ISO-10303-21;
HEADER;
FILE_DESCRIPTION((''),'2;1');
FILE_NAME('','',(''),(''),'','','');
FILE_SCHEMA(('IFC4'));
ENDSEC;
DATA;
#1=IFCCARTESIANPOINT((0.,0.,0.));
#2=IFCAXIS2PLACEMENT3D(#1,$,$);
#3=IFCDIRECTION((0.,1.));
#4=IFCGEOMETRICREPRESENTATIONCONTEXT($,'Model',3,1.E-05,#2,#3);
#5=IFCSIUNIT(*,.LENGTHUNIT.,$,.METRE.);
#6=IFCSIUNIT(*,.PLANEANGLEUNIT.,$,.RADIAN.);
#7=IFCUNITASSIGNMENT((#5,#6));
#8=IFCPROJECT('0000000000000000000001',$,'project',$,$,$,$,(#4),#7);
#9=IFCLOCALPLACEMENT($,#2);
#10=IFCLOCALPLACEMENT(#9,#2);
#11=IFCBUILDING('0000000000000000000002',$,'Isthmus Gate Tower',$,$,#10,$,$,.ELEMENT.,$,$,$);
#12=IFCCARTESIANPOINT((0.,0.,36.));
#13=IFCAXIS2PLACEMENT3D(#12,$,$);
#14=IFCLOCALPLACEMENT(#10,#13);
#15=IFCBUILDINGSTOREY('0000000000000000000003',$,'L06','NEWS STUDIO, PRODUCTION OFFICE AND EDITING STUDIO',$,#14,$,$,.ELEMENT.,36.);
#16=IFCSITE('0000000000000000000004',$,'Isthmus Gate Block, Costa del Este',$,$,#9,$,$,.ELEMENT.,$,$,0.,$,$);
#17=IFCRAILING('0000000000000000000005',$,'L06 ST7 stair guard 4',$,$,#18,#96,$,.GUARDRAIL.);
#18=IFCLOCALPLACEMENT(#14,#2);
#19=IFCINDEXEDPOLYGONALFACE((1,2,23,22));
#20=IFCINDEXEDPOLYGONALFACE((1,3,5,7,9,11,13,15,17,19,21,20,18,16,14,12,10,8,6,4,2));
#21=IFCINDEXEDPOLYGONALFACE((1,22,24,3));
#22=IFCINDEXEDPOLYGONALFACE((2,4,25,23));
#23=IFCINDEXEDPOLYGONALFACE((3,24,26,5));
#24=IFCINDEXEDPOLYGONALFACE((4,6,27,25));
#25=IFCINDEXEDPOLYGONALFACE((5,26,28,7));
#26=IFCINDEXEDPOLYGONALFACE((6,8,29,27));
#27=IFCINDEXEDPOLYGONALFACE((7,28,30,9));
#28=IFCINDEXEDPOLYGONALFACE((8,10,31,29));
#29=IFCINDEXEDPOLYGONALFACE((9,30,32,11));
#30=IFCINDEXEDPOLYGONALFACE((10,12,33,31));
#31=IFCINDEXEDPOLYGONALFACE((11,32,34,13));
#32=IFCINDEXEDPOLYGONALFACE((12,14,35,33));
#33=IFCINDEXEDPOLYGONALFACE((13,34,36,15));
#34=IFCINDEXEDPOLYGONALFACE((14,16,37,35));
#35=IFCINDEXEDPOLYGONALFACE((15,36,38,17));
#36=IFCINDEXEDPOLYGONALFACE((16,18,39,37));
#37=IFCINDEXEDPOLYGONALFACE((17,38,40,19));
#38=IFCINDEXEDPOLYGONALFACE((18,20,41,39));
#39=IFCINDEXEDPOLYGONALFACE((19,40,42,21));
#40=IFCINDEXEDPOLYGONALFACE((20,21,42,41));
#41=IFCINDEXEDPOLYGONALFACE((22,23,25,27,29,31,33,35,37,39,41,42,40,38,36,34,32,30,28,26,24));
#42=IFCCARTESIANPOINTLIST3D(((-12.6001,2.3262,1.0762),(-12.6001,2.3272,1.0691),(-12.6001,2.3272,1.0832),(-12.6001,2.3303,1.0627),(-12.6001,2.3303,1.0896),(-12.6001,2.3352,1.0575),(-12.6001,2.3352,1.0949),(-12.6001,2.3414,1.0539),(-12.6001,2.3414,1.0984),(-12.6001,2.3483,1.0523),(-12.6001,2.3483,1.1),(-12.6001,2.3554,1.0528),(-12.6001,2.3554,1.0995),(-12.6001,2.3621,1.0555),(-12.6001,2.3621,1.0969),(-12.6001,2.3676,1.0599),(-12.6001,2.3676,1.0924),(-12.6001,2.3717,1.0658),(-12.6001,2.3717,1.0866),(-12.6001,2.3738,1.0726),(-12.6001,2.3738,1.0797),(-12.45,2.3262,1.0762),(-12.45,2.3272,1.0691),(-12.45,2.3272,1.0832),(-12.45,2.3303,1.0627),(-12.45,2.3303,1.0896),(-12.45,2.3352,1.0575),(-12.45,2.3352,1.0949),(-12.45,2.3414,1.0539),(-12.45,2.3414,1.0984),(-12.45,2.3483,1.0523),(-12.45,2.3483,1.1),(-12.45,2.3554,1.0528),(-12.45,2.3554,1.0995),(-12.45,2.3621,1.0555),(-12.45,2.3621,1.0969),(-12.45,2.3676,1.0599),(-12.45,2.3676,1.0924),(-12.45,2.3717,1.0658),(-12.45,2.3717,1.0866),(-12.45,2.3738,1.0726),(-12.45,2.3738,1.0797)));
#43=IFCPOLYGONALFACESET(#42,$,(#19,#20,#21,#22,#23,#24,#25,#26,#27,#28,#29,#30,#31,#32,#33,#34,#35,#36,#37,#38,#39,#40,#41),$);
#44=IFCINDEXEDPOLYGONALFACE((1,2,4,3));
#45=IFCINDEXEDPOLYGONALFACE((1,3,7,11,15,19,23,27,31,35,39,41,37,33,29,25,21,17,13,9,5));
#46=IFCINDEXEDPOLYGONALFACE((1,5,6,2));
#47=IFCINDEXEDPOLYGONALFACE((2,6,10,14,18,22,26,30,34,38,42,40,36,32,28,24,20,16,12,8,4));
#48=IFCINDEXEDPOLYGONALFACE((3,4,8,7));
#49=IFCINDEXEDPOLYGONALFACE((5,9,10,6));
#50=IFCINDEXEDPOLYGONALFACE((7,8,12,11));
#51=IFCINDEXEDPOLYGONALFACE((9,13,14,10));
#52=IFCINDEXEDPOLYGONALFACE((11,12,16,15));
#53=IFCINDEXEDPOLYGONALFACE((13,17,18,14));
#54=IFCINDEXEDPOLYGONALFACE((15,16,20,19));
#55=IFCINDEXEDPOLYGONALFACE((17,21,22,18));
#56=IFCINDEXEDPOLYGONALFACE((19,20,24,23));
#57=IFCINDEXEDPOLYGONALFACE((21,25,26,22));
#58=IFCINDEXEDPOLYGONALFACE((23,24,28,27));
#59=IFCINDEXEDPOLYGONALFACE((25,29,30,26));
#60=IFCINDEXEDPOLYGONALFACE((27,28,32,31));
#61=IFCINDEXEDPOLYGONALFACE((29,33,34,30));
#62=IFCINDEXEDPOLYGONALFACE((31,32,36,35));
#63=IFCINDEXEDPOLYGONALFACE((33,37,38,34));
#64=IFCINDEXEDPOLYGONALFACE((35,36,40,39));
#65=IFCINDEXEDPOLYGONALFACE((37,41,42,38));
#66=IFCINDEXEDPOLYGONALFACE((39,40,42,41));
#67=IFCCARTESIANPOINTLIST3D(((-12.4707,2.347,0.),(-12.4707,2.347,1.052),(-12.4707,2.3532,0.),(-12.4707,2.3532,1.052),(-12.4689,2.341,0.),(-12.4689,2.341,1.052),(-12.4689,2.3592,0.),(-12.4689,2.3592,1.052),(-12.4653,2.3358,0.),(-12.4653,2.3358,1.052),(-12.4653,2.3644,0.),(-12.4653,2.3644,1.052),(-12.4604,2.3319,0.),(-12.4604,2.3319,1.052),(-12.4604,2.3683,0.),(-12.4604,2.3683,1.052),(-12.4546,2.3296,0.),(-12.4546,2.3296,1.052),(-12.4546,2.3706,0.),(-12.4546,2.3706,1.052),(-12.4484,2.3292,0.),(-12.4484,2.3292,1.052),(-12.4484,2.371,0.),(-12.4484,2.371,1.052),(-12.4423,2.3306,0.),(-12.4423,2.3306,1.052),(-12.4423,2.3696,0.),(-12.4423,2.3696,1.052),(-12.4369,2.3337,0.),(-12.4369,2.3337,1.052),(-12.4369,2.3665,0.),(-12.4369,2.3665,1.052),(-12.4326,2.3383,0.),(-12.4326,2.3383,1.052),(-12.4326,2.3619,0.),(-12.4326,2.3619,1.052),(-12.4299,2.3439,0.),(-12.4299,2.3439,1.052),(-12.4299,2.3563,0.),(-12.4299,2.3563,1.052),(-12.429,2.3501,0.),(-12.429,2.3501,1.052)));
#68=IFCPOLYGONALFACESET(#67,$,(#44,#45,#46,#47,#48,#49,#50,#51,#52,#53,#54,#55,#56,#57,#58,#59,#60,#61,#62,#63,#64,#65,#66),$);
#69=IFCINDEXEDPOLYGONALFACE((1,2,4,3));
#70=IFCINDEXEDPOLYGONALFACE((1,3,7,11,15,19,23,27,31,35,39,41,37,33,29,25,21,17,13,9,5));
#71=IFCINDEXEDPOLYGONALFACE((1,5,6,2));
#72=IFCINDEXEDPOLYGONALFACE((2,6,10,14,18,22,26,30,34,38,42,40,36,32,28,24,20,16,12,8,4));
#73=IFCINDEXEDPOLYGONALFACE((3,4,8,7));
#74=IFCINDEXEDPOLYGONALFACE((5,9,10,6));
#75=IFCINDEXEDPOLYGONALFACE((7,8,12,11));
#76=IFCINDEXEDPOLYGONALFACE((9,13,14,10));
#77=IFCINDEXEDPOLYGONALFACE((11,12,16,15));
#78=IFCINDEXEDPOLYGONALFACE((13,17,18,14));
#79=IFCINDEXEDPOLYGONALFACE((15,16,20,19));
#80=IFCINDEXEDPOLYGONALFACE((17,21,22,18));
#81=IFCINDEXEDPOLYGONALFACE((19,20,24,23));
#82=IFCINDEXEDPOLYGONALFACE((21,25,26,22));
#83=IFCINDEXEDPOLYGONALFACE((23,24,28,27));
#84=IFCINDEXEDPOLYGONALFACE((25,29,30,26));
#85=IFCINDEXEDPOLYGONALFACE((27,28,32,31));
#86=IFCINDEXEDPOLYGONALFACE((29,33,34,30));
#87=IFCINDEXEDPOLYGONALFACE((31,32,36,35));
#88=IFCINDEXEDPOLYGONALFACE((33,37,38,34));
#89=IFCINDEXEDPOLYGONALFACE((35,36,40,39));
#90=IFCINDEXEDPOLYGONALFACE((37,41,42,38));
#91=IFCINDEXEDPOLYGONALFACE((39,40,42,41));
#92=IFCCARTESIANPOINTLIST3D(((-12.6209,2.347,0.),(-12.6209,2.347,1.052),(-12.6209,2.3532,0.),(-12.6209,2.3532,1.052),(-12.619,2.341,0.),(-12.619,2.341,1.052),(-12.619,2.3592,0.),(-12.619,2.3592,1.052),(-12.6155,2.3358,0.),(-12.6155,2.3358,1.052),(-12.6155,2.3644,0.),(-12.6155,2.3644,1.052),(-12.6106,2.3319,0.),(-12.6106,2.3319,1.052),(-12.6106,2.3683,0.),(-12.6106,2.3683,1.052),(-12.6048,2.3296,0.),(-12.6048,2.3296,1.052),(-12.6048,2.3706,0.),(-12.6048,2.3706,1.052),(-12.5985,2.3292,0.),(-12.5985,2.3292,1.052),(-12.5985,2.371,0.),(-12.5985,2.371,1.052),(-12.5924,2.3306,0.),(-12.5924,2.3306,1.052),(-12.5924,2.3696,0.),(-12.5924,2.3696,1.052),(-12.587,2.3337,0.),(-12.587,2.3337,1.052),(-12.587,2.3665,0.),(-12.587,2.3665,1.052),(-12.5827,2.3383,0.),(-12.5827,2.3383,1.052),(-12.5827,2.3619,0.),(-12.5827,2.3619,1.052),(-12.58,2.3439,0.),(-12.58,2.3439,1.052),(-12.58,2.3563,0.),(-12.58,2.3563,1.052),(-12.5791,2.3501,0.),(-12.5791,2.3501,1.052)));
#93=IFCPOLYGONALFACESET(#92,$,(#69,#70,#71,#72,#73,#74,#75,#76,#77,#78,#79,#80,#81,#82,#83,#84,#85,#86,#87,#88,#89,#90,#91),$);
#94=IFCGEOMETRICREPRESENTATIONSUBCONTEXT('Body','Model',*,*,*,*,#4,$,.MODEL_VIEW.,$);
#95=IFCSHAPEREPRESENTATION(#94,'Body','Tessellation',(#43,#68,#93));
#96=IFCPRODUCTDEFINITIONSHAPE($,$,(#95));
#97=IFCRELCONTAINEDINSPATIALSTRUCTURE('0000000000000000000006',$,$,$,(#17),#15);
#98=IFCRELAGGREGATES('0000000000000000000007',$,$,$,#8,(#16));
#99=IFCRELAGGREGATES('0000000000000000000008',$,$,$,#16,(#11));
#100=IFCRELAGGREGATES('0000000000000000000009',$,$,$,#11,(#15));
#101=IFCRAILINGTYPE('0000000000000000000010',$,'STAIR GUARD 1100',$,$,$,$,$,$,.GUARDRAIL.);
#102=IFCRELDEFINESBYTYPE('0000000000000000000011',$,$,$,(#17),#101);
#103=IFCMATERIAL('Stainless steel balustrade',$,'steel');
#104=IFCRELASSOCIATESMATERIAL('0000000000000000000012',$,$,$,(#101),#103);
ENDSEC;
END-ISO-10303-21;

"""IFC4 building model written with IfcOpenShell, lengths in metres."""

from ifc_helpers import new_model, si_unit, direction, frame, origin, origin_2d, place, context, subcontext, project, spatial, circle, extrude, material, type_object, element, save


model = new_model("IFC4")

# Units and contexts
model_context = context("Model", 3, precision=1e-05, world=origin(), true_north=direction((0.0, 1.0)))
body_context = subcontext(model_context, "Body", "Model", "MODEL_VIEW")
ifc_project = project(units=[si_unit("LENGTHUNIT", "METRE"), si_unit("PLANEANGLEUNIT", "RADIAN")], contexts=[model_context])

# Site, building, storey
site_placement = place(None, origin())
site = spatial("IfcSite", under=ifc_project, at=site_placement, Name="Isthmus Gate Block, Costa del Este", CompositionType="ELEMENT", RefElevation=0.0)
building_placement = place(site_placement, origin())
building = spatial("IfcBuilding", under=site, at=building_placement, Name="Isthmus Gate Tower", CompositionType="ELEMENT")
storey_placement = place(building_placement, frame((0.0, 0.0, 36.0)))
storey = spatial("IfcBuildingStorey", under=building, at=storey_placement, Name="L06", Description="NEWS STUDIO, PRODUCTION OFFICE AND EDITING STUDIO", CompositionType="ELEMENT", Elevation=36.0)

# Railing
ifc_material_1 = material(Name="Stainless steel balustrade", Category="steel")
railing_type_1 = type_object("IfcRailingType", Name="STAIR GUARD 1100", PredefinedType="GUARDRAIL", material=ifc_material_1)
railing_1_placement = place(storey_placement, frame((-12.45, 2.3501, 0.0)))
element("IfcRailing", 1, at=railing_1_placement, inside=storey, type_object=railing_type_1, Name="L06 ST7 stair guard 4", PredefinedType="GUARDRAIL", context=body_context, shape_type="SweptSolid", body=[
    extrude(circle(Radius=0.0239, at=origin_2d()), frame((0.0, 0.0, 1.0762), z_axis=(-1.0, 0.0, 0.0), x_axis=(0.0, -1.0, 0.0)), (0.0, 0.0, 1.0), 0.1501),
    extrude(circle(Radius=0.021, at=origin_2d()), origin(), (0.0, 0.0, 1.0), 1.052),
    extrude(circle(Radius=0.021, at=origin_2d()), frame((-0.1501, 0.0, 0.0)), (0.0, 0.0, 1.0), 1.052),
])

save(model, "model.ifc")
